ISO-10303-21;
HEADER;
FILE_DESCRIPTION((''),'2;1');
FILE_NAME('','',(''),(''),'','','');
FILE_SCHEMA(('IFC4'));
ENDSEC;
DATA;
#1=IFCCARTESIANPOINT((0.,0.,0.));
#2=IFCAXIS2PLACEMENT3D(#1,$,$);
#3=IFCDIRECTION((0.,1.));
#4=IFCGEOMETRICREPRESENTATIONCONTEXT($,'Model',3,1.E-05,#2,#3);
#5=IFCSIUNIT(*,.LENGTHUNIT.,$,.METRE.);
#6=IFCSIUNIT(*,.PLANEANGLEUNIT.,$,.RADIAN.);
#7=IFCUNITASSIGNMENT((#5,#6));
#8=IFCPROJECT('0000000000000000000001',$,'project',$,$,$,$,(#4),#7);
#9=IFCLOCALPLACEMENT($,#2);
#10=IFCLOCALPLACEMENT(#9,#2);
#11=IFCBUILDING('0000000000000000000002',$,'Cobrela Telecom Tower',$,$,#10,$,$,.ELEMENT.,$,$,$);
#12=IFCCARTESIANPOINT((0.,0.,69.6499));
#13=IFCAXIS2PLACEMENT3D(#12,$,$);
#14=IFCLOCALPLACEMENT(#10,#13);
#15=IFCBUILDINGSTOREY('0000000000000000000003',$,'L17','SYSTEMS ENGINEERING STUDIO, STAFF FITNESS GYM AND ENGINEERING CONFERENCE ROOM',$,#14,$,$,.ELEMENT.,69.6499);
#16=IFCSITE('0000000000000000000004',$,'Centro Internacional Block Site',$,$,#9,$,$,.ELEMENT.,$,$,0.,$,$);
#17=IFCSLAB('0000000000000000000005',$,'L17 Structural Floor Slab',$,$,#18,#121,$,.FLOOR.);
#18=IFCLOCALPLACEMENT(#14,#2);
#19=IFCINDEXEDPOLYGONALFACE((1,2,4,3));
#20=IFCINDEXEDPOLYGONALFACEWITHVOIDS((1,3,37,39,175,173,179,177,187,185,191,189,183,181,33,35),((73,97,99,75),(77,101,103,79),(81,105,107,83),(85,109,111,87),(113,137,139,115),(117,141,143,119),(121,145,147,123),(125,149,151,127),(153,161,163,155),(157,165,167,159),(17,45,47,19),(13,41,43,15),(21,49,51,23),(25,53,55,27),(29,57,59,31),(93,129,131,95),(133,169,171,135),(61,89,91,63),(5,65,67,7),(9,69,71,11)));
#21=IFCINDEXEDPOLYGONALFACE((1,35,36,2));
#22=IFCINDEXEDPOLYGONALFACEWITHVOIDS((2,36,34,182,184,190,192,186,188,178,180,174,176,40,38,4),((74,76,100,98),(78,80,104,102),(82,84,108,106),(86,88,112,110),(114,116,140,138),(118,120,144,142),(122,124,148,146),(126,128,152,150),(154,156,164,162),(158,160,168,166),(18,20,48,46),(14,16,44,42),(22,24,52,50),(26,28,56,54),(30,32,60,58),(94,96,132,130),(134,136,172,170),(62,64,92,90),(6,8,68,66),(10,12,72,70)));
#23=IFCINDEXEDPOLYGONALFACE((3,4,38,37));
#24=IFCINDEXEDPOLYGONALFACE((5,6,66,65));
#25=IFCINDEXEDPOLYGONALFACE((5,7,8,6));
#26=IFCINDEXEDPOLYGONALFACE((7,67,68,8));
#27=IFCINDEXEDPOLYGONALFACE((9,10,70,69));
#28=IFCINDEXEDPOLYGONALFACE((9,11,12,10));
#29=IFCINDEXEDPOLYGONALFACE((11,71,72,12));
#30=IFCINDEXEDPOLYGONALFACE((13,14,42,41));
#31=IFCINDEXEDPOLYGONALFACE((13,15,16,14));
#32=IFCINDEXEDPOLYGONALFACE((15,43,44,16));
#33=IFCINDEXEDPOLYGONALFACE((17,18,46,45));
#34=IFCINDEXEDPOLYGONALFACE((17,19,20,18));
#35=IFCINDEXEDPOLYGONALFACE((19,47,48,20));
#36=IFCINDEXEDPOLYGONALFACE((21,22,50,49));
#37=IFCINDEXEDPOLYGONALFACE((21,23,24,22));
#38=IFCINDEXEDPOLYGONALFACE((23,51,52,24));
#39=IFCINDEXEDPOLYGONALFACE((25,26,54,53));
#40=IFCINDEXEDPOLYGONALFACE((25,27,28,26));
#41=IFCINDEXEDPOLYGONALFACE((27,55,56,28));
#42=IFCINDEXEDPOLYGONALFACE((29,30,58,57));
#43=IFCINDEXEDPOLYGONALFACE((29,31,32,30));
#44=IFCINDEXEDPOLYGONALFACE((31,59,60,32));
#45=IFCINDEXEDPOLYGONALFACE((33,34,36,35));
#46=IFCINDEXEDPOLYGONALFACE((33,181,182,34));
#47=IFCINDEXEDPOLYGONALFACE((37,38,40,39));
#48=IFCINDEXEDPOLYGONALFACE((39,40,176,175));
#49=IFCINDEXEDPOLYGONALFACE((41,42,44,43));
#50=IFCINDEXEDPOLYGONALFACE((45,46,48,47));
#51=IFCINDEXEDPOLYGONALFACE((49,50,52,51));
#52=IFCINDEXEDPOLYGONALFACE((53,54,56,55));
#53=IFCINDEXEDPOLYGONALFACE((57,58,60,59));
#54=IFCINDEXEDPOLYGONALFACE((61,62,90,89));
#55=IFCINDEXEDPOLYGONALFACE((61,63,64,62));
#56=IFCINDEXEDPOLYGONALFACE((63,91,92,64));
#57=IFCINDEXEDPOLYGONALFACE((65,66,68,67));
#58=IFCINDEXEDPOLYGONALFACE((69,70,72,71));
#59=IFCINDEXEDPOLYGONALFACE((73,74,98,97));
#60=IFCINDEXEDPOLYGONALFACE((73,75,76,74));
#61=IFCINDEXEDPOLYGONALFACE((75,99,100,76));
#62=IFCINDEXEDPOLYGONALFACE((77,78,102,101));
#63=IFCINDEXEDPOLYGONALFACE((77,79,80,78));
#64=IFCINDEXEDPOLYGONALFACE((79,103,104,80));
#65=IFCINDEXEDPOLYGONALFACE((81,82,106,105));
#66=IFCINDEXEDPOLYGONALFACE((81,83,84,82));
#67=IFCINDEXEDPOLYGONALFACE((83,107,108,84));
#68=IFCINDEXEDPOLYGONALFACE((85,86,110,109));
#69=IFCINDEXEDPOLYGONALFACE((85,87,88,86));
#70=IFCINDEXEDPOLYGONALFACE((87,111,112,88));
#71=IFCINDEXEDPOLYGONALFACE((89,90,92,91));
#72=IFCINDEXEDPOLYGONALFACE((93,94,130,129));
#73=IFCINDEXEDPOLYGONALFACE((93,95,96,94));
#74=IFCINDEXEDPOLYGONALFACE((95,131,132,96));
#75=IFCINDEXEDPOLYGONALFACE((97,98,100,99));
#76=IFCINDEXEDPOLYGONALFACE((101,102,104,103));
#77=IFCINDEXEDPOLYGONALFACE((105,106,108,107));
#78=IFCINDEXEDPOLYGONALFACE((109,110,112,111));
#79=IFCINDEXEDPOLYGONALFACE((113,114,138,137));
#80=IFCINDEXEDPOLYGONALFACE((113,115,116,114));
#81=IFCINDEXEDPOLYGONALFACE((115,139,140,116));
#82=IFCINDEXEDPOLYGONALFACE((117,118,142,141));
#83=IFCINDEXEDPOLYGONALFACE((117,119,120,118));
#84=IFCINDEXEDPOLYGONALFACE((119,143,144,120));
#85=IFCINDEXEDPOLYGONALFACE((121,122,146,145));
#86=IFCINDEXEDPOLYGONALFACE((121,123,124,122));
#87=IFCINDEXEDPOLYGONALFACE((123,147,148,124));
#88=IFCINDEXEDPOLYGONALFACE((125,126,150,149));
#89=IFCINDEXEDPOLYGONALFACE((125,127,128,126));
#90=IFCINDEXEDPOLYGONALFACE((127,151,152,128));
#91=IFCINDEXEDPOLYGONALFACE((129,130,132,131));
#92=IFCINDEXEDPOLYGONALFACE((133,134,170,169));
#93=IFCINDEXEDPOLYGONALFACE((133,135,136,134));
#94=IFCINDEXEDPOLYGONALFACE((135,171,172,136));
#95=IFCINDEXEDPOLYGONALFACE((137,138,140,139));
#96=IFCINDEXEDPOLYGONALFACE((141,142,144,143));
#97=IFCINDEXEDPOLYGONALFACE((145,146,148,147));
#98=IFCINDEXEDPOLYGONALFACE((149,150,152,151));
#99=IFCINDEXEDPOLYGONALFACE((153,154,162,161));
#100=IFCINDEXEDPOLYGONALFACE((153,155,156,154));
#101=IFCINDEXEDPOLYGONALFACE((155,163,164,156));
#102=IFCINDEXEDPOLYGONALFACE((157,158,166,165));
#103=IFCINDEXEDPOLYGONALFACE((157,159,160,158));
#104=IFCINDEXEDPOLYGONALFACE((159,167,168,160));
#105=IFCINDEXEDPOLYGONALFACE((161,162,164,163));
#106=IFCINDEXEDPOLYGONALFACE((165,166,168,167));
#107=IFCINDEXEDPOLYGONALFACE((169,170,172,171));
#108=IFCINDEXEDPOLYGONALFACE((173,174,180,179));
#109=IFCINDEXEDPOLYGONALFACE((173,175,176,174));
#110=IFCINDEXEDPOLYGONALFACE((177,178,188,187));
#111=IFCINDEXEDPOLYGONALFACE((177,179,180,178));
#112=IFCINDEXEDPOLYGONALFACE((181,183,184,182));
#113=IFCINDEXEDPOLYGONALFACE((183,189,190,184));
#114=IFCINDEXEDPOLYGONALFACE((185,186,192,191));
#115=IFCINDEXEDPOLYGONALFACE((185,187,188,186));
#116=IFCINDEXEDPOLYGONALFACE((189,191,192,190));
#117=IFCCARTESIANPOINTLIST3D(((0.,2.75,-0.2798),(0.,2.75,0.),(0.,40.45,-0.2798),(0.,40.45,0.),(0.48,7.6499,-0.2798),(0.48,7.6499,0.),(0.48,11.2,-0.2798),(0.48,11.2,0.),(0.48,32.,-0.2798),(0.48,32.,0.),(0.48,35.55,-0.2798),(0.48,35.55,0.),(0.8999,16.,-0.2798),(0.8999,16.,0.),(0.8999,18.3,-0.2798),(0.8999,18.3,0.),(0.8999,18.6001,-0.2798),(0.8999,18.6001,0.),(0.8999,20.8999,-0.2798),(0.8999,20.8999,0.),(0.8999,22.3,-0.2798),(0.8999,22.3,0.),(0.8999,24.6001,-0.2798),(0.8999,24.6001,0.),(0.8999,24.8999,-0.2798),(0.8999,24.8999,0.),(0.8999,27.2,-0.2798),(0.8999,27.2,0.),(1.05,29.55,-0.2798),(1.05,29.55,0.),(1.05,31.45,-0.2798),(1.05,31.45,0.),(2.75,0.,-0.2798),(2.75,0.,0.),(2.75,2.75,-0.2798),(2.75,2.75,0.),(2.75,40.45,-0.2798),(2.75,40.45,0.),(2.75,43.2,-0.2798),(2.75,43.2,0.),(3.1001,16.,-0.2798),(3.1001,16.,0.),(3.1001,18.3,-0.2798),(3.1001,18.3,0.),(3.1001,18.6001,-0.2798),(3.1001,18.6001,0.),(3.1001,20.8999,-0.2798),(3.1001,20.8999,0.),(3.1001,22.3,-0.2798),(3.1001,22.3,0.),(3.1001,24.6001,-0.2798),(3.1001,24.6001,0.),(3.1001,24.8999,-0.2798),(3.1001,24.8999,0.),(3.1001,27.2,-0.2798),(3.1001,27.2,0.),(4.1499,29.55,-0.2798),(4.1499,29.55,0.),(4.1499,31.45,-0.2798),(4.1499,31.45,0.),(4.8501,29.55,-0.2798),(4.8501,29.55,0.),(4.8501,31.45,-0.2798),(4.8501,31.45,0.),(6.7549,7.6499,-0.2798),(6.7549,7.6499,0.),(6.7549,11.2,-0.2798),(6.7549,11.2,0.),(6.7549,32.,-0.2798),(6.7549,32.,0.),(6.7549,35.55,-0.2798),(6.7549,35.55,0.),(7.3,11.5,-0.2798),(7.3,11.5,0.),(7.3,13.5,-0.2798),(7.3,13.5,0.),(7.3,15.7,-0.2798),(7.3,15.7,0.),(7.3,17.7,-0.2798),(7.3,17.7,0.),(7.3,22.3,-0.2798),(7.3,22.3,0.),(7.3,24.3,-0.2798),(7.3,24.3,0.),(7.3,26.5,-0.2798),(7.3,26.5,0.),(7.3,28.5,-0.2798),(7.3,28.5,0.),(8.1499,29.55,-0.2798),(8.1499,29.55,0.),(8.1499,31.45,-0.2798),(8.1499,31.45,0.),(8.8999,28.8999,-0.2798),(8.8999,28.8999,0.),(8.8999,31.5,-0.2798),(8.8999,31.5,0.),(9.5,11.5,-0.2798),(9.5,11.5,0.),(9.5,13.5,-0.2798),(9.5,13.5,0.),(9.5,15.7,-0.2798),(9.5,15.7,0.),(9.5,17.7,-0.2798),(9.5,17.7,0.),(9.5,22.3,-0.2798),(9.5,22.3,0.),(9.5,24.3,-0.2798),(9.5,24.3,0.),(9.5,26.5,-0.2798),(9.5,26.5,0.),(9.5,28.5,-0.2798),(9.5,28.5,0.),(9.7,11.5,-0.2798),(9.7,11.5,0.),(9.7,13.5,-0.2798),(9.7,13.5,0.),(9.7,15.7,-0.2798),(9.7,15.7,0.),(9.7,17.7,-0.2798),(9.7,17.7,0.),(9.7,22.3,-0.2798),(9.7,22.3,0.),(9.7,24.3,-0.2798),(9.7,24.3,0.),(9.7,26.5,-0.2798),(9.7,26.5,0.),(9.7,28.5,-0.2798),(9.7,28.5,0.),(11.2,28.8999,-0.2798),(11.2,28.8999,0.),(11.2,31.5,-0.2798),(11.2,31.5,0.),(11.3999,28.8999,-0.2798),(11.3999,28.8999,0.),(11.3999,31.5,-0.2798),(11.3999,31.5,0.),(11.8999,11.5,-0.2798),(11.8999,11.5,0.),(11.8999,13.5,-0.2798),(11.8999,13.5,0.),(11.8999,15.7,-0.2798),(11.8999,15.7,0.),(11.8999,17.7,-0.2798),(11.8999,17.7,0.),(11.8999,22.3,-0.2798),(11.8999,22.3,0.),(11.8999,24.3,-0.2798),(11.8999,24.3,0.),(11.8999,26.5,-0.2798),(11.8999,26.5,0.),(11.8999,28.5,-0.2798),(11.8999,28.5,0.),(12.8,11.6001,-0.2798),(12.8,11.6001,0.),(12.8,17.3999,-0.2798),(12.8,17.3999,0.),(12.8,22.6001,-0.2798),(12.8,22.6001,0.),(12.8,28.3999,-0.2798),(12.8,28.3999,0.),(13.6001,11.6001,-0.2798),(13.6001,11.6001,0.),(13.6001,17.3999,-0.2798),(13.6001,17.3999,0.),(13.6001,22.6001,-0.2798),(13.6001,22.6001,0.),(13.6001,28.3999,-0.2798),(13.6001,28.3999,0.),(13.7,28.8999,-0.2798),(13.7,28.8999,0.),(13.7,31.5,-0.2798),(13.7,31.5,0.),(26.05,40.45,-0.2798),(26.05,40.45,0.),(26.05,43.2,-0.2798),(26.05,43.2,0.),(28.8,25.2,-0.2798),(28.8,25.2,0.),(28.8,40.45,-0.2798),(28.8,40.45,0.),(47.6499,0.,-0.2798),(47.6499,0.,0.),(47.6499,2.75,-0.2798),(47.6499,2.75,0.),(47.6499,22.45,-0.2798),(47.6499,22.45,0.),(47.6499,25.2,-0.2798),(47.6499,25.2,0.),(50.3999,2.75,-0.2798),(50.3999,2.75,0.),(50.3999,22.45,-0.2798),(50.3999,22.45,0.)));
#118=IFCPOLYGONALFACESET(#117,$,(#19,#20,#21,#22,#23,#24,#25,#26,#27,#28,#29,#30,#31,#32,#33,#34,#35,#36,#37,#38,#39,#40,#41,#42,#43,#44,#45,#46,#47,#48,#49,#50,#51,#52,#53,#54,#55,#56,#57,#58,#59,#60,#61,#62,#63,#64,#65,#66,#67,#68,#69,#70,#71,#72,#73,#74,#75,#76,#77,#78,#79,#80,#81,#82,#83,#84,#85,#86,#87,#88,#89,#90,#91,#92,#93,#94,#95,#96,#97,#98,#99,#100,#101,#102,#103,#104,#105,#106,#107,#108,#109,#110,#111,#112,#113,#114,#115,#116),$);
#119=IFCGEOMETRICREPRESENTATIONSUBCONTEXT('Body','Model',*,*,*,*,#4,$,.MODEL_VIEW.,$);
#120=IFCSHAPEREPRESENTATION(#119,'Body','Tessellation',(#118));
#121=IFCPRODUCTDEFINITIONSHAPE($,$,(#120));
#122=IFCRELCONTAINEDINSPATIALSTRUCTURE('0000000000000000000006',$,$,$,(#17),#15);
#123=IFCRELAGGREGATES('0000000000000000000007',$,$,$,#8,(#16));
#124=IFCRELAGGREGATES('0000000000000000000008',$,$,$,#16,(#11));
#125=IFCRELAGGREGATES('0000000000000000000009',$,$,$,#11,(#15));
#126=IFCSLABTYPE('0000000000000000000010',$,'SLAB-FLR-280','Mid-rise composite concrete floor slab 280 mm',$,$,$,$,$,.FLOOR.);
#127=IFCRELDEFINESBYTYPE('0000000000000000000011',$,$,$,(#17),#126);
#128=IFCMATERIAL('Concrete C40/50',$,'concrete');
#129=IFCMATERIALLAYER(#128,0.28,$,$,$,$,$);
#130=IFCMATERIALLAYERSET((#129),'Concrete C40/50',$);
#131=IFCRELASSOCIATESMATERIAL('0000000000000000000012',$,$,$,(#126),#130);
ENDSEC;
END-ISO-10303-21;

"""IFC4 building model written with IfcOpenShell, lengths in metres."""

from ifc_helpers import new_model, si_unit, direction, frame, origin, place, context, subcontext, project, spatial, polyline, outline, extrude, material, layer, layer_set, type_object, element, save


model = new_model("IFC4")

# Units and contexts
model_context = context("Model", 3, precision=1e-05, world=origin(), true_north=direction((0.0, 1.0)))
body_context = subcontext(model_context, "Body", "Model", "MODEL_VIEW")
ifc_project = project(units=[si_unit("LENGTHUNIT", "METRE"), si_unit("PLANEANGLEUNIT", "RADIAN")], contexts=[model_context])

# Site, building, storey
site_placement = place(None, origin())
site = spatial("IfcSite", under=ifc_project, at=site_placement, Name="Centro Internacional Block Site", CompositionType="ELEMENT", RefElevation=0.0)
building_placement = place(site_placement, origin())
building = spatial("IfcBuilding", under=site, at=building_placement, Name="Cobrela Telecom Tower", CompositionType="ELEMENT")
storey_placement = place(building_placement, frame((0.0, 0.0, 69.6499)))
storey = spatial("IfcBuildingStorey", under=building, at=storey_placement, Name="L17", Description="SYSTEMS ENGINEERING STUDIO, STAFF FITNESS GYM AND ENGINEERING CONFERENCE ROOM", CompositionType="ELEMENT", Elevation=69.6499)

# Slab, openings
ifc_material_1 = material(Name="Concrete C40/50", Category="concrete")
ifc_layer_1 = layer(ifc_material_1, 0.28)
ifc_layer_set_1 = layer_set([ifc_layer_1], Name="Concrete C40/50")
slab_type_1 = type_object("IfcSlabType", Name="SLAB-FLR-280", Description="Mid-rise composite concrete floor slab 280 mm", PredefinedType="FLOOR", material=ifc_layer_set_1)
slab_1_placement = place(storey_placement, frame((0.0, 0.0, -0.2798)))
slab_1 = element("IfcSlab", 1, at=slab_1_placement, inside=storey, type_object=slab_type_1, Name="L17 Structural Floor Slab", PredefinedType="FLOOR", context=body_context, shape_type="SweptSolid", body=[
    extrude(outline(polyline([(2.75, 0.0), (47.6499, 0.0), (47.6499, 2.75), (50.3999, 2.75), (50.3999, 22.45), (47.6499, 22.45), (47.6499, 25.2), (28.8, 25.2), (28.8, 40.45), (26.05, 40.45), (26.05, 43.2), (2.75, 43.2), (2.75, 40.45), (0.0, 40.45), (0.0, 2.75), (2.75, 2.75), (2.75, 0.0)])), origin(), (0.0, 0.0, 1.0), 0.2798),
])
opening_1_placement = place(slab_1_placement, frame((0.0, 0.0, -0.02)))
element("IfcOpeningElement", 2, at=opening_1_placement, cuts=slab_1, PredefinedType="OPENING", context=body_context, shape_type="SweptSolid", body=[
    extrude(outline(polyline([(8.8999, 28.8999), (11.2, 28.8999), (11.2, 31.5), (8.8999, 31.5), (8.8999, 28.8999)])), origin(), (0.0, 0.0, 1.0), 0.3198),
])
opening_2_placement = place(slab_1_placement, frame((0.0, 0.0, -0.02)))
element("IfcOpeningElement", 3, at=opening_2_placement, cuts=slab_1, PredefinedType="OPENING", context=body_context, shape_type="SweptSolid", body=[
    extrude(outline(polyline([(11.3999, 28.8999), (13.7, 28.8999), (13.7, 31.5), (11.3999, 31.5), (11.3999, 28.8999)])), origin(), (0.0, 0.0, 1.0), 0.3198),
])
opening_3_placement = place(slab_1_placement, frame((0.0, 0.0, -0.02)))
element("IfcOpeningElement", 4, at=opening_3_placement, cuts=slab_1, PredefinedType="OPENING", context=body_context, shape_type="SweptSolid", body=[
    extrude(outline(polyline([(7.3, 22.3), (9.5, 22.3), (9.5, 24.3), (7.3, 24.3), (7.3, 22.3)])), origin(), (0.0, 0.0, 1.0), 0.3198),
])
opening_4_placement = place(slab_1_placement, frame((0.0, 0.0, -0.02)))
element("IfcOpeningElement", 5, at=opening_4_placement, cuts=slab_1, PredefinedType="OPENING", context=body_context, shape_type="SweptSolid", body=[
    extrude(outline(polyline([(9.7, 22.3), (11.8999, 22.3), (11.8999, 24.3), (9.7, 24.3), (9.7, 22.3)])), origin(), (0.0, 0.0, 1.0), 0.3198),
])
opening_5_placement = place(slab_1_placement, frame((0.0, 0.0, -0.02)))
element("IfcOpeningElement", 6, at=opening_5_placement, cuts=slab_1, PredefinedType="OPENING", context=body_context, shape_type="SweptSolid", body=[
    extrude(outline(polyline([(7.3, 26.5), (9.5, 26.5), (9.5, 28.5), (7.3, 28.5), (7.3, 26.5)])), origin(), (0.0, 0.0, 1.0), 0.3198),
])
opening_6_placement = place(slab_1_placement, frame((0.0, 0.0, -0.02)))
element("IfcOpeningElement", 7, at=opening_6_placement, cuts=slab_1, PredefinedType="OPENING", context=body_context, shape_type="SweptSolid", body=[
    extrude(outline(polyline([(9.7, 26.5), (11.8999, 26.5), (11.8999, 28.5), (9.7, 28.5), (9.7, 26.5)])), origin(), (0.0, 0.0, 1.0), 0.3198),
])
opening_7_placement = place(slab_1_placement, frame((0.0, 0.0, -0.02)))
element("IfcOpeningElement", 8, at=opening_7_placement, cuts=slab_1, PredefinedType="OPENING", context=body_context, shape_type="SweptSolid", body=[
    extrude(outline(polyline([(7.3, 15.7), (9.5, 15.7), (9.5, 17.7), (7.3, 17.7), (7.3, 15.7)])), origin(), (0.0, 0.0, 1.0), 0.3198),
])
opening_8_placement = place(slab_1_placement, frame((0.0, 0.0, -0.02)))
element("IfcOpeningElement", 9, at=opening_8_placement, cuts=slab_1, PredefinedType="OPENING", context=body_context, shape_type="SweptSolid", body=[
    extrude(outline(polyline([(9.7, 15.7), (11.8999, 15.7), (11.8999, 17.7), (9.7, 17.7), (9.7, 15.7)])), origin(), (0.0, 0.0, 1.0), 0.3198),
])
opening_9_placement = place(slab_1_placement, frame((0.0, 0.0, -0.02)))
element("IfcOpeningElement", 10, at=opening_9_placement, cuts=slab_1, PredefinedType="OPENING", context=body_context, shape_type="SweptSolid", body=[
    extrude(outline(polyline([(7.3, 11.5), (9.5, 11.5), (9.5, 13.5), (7.3, 13.5), (7.3, 11.5)])), origin(), (0.0, 0.0, 1.0), 0.3198),
])
opening_10_placement = place(slab_1_placement, frame((0.0, 0.0, -0.02)))
element("IfcOpeningElement", 11, at=opening_10_placement, cuts=slab_1, PredefinedType="OPENING", context=body_context, shape_type="SweptSolid", body=[
    extrude(outline(polyline([(9.7, 11.5), (11.8999, 11.5), (11.8999, 13.5), (9.7, 13.5), (9.7, 11.5)])), origin(), (0.0, 0.0, 1.0), 0.3198),
])
opening_11_placement = place(slab_1_placement, frame((0.0, 0.0, -0.02)))
element("IfcOpeningElement", 12, at=opening_11_placement, cuts=slab_1, PredefinedType="OPENING", context=body_context, shape_type="SweptSolid", body=[
    extrude(outline(polyline([(0.8999, 16.0), (3.1001, 16.0), (3.1001, 18.3), (0.8999, 18.3), (0.8999, 16.0)])), origin(), (0.0, 0.0, 1.0), 0.3198),
])
opening_12_placement = place(slab_1_placement, frame((0.0, 0.0, -0.02)))
element("IfcOpeningElement", 13, at=opening_12_placement, cuts=slab_1, PredefinedType="OPENING", context=body_context, shape_type="SweptSolid", body=[
    extrude(outline(polyline([(0.8999, 18.6001), (3.1001, 18.6001), (3.1001, 20.8999), (0.8999, 20.8999), (0.8999, 18.6001)])), origin(), (0.0, 0.0, 1.0), 0.3198),
])
opening_13_placement = place(slab_1_placement, frame((0.0, 0.0, -0.02)))
element("IfcOpeningElement", 14, at=opening_13_placement, cuts=slab_1, PredefinedType="OPENING", context=body_context, shape_type="SweptSolid", body=[
    extrude(outline(polyline([(0.8999, 22.3), (3.1001, 22.3), (3.1001, 24.6001), (0.8999, 24.6001), (0.8999, 22.3)])), origin(), (0.0, 0.0, 1.0), 0.3198),
])
opening_14_placement = place(slab_1_placement, frame((0.0, 0.0, -0.02)))
element("IfcOpeningElement", 15, at=opening_14_placement, cuts=slab_1, PredefinedType="OPENING", context=body_context, shape_type="SweptSolid", body=[
    extrude(outline(polyline([(0.8999, 24.8999), (3.1001, 24.8999), (3.1001, 27.2), (0.8999, 27.2), (0.8999, 24.8999)])), origin(), (0.0, 0.0, 1.0), 0.3198),
])
opening_15_placement = place(slab_1_placement, frame((0.0, 0.0, -0.02)))
element("IfcOpeningElement", 16, at=opening_15_placement, cuts=slab_1, PredefinedType="OPENING", context=body_context, shape_type="SweptSolid", body=[
    extrude(outline(polyline([(1.05, 29.55), (4.1499, 29.55), (4.1499, 31.45), (1.05, 31.45), (1.05, 29.55)])), origin(), (0.0, 0.0, 1.0), 0.3198),
])
opening_16_placement = place(slab_1_placement, frame((0.0, 0.0, -0.02)))
element("IfcOpeningElement", 17, at=opening_16_placement, cuts=slab_1, PredefinedType="OPENING", context=body_context, shape_type="SweptSolid", body=[
    extrude(outline(polyline([(4.8501, 29.55), (8.1499, 29.55), (8.1499, 31.45), (4.8501, 31.45), (4.8501, 29.55)])), origin(), (0.0, 0.0, 1.0), 0.3198),
])
opening_17_placement = place(slab_1_placement, frame((0.0, 0.0, -0.02)))
element("IfcOpeningElement", 18, at=opening_17_placement, cuts=slab_1, PredefinedType="OPENING", context=body_context, shape_type="SweptSolid", body=[
    extrude(outline(polyline([(12.8, 22.6001), (13.6001, 22.6001), (13.6001, 28.3999), (12.8, 28.3999), (12.8, 22.6001)])), origin(), (0.0, 0.0, 1.0), 0.3198),
])
opening_18_placement = place(slab_1_placement, frame((0.0, 0.0, -0.02)))
element("IfcOpeningElement", 19, at=opening_18_placement, cuts=slab_1, PredefinedType="OPENING", context=body_context, shape_type="SweptSolid", body=[
    extrude(outline(polyline([(12.8, 11.6001), (13.6001, 11.6001), (13.6001, 17.3999), (12.8, 17.3999), (12.8, 11.6001)])), origin(), (0.0, 0.0, 1.0), 0.3198),
])
opening_19_placement = place(slab_1_placement, frame((0.0, 0.0, -0.02)))
element("IfcOpeningElement", 20, at=opening_19_placement, cuts=slab_1, PredefinedType="OPENING", context=body_context, shape_type="SweptSolid", body=[
    extrude(outline(polyline([(6.7549, 35.55), (0.48, 35.55), (0.48, 32.0), (6.7549, 32.0), (6.7549, 35.55)])), origin(), (0.0, 0.0, 1.0), 0.3198),
])
opening_20_placement = place(slab_1_placement, frame((0.0, 0.0, -0.02)))
element("IfcOpeningElement", 21, at=opening_20_placement, cuts=slab_1, PredefinedType="OPENING", context=body_context, shape_type="SweptSolid", body=[
    extrude(outline(polyline([(6.7549, 11.2), (0.48, 11.2), (0.48, 7.6499), (6.7549, 7.6499), (6.7549, 11.2)])), origin(), (0.0, 0.0, 1.0), 0.3198),
])

save(model, "model.ifc")
